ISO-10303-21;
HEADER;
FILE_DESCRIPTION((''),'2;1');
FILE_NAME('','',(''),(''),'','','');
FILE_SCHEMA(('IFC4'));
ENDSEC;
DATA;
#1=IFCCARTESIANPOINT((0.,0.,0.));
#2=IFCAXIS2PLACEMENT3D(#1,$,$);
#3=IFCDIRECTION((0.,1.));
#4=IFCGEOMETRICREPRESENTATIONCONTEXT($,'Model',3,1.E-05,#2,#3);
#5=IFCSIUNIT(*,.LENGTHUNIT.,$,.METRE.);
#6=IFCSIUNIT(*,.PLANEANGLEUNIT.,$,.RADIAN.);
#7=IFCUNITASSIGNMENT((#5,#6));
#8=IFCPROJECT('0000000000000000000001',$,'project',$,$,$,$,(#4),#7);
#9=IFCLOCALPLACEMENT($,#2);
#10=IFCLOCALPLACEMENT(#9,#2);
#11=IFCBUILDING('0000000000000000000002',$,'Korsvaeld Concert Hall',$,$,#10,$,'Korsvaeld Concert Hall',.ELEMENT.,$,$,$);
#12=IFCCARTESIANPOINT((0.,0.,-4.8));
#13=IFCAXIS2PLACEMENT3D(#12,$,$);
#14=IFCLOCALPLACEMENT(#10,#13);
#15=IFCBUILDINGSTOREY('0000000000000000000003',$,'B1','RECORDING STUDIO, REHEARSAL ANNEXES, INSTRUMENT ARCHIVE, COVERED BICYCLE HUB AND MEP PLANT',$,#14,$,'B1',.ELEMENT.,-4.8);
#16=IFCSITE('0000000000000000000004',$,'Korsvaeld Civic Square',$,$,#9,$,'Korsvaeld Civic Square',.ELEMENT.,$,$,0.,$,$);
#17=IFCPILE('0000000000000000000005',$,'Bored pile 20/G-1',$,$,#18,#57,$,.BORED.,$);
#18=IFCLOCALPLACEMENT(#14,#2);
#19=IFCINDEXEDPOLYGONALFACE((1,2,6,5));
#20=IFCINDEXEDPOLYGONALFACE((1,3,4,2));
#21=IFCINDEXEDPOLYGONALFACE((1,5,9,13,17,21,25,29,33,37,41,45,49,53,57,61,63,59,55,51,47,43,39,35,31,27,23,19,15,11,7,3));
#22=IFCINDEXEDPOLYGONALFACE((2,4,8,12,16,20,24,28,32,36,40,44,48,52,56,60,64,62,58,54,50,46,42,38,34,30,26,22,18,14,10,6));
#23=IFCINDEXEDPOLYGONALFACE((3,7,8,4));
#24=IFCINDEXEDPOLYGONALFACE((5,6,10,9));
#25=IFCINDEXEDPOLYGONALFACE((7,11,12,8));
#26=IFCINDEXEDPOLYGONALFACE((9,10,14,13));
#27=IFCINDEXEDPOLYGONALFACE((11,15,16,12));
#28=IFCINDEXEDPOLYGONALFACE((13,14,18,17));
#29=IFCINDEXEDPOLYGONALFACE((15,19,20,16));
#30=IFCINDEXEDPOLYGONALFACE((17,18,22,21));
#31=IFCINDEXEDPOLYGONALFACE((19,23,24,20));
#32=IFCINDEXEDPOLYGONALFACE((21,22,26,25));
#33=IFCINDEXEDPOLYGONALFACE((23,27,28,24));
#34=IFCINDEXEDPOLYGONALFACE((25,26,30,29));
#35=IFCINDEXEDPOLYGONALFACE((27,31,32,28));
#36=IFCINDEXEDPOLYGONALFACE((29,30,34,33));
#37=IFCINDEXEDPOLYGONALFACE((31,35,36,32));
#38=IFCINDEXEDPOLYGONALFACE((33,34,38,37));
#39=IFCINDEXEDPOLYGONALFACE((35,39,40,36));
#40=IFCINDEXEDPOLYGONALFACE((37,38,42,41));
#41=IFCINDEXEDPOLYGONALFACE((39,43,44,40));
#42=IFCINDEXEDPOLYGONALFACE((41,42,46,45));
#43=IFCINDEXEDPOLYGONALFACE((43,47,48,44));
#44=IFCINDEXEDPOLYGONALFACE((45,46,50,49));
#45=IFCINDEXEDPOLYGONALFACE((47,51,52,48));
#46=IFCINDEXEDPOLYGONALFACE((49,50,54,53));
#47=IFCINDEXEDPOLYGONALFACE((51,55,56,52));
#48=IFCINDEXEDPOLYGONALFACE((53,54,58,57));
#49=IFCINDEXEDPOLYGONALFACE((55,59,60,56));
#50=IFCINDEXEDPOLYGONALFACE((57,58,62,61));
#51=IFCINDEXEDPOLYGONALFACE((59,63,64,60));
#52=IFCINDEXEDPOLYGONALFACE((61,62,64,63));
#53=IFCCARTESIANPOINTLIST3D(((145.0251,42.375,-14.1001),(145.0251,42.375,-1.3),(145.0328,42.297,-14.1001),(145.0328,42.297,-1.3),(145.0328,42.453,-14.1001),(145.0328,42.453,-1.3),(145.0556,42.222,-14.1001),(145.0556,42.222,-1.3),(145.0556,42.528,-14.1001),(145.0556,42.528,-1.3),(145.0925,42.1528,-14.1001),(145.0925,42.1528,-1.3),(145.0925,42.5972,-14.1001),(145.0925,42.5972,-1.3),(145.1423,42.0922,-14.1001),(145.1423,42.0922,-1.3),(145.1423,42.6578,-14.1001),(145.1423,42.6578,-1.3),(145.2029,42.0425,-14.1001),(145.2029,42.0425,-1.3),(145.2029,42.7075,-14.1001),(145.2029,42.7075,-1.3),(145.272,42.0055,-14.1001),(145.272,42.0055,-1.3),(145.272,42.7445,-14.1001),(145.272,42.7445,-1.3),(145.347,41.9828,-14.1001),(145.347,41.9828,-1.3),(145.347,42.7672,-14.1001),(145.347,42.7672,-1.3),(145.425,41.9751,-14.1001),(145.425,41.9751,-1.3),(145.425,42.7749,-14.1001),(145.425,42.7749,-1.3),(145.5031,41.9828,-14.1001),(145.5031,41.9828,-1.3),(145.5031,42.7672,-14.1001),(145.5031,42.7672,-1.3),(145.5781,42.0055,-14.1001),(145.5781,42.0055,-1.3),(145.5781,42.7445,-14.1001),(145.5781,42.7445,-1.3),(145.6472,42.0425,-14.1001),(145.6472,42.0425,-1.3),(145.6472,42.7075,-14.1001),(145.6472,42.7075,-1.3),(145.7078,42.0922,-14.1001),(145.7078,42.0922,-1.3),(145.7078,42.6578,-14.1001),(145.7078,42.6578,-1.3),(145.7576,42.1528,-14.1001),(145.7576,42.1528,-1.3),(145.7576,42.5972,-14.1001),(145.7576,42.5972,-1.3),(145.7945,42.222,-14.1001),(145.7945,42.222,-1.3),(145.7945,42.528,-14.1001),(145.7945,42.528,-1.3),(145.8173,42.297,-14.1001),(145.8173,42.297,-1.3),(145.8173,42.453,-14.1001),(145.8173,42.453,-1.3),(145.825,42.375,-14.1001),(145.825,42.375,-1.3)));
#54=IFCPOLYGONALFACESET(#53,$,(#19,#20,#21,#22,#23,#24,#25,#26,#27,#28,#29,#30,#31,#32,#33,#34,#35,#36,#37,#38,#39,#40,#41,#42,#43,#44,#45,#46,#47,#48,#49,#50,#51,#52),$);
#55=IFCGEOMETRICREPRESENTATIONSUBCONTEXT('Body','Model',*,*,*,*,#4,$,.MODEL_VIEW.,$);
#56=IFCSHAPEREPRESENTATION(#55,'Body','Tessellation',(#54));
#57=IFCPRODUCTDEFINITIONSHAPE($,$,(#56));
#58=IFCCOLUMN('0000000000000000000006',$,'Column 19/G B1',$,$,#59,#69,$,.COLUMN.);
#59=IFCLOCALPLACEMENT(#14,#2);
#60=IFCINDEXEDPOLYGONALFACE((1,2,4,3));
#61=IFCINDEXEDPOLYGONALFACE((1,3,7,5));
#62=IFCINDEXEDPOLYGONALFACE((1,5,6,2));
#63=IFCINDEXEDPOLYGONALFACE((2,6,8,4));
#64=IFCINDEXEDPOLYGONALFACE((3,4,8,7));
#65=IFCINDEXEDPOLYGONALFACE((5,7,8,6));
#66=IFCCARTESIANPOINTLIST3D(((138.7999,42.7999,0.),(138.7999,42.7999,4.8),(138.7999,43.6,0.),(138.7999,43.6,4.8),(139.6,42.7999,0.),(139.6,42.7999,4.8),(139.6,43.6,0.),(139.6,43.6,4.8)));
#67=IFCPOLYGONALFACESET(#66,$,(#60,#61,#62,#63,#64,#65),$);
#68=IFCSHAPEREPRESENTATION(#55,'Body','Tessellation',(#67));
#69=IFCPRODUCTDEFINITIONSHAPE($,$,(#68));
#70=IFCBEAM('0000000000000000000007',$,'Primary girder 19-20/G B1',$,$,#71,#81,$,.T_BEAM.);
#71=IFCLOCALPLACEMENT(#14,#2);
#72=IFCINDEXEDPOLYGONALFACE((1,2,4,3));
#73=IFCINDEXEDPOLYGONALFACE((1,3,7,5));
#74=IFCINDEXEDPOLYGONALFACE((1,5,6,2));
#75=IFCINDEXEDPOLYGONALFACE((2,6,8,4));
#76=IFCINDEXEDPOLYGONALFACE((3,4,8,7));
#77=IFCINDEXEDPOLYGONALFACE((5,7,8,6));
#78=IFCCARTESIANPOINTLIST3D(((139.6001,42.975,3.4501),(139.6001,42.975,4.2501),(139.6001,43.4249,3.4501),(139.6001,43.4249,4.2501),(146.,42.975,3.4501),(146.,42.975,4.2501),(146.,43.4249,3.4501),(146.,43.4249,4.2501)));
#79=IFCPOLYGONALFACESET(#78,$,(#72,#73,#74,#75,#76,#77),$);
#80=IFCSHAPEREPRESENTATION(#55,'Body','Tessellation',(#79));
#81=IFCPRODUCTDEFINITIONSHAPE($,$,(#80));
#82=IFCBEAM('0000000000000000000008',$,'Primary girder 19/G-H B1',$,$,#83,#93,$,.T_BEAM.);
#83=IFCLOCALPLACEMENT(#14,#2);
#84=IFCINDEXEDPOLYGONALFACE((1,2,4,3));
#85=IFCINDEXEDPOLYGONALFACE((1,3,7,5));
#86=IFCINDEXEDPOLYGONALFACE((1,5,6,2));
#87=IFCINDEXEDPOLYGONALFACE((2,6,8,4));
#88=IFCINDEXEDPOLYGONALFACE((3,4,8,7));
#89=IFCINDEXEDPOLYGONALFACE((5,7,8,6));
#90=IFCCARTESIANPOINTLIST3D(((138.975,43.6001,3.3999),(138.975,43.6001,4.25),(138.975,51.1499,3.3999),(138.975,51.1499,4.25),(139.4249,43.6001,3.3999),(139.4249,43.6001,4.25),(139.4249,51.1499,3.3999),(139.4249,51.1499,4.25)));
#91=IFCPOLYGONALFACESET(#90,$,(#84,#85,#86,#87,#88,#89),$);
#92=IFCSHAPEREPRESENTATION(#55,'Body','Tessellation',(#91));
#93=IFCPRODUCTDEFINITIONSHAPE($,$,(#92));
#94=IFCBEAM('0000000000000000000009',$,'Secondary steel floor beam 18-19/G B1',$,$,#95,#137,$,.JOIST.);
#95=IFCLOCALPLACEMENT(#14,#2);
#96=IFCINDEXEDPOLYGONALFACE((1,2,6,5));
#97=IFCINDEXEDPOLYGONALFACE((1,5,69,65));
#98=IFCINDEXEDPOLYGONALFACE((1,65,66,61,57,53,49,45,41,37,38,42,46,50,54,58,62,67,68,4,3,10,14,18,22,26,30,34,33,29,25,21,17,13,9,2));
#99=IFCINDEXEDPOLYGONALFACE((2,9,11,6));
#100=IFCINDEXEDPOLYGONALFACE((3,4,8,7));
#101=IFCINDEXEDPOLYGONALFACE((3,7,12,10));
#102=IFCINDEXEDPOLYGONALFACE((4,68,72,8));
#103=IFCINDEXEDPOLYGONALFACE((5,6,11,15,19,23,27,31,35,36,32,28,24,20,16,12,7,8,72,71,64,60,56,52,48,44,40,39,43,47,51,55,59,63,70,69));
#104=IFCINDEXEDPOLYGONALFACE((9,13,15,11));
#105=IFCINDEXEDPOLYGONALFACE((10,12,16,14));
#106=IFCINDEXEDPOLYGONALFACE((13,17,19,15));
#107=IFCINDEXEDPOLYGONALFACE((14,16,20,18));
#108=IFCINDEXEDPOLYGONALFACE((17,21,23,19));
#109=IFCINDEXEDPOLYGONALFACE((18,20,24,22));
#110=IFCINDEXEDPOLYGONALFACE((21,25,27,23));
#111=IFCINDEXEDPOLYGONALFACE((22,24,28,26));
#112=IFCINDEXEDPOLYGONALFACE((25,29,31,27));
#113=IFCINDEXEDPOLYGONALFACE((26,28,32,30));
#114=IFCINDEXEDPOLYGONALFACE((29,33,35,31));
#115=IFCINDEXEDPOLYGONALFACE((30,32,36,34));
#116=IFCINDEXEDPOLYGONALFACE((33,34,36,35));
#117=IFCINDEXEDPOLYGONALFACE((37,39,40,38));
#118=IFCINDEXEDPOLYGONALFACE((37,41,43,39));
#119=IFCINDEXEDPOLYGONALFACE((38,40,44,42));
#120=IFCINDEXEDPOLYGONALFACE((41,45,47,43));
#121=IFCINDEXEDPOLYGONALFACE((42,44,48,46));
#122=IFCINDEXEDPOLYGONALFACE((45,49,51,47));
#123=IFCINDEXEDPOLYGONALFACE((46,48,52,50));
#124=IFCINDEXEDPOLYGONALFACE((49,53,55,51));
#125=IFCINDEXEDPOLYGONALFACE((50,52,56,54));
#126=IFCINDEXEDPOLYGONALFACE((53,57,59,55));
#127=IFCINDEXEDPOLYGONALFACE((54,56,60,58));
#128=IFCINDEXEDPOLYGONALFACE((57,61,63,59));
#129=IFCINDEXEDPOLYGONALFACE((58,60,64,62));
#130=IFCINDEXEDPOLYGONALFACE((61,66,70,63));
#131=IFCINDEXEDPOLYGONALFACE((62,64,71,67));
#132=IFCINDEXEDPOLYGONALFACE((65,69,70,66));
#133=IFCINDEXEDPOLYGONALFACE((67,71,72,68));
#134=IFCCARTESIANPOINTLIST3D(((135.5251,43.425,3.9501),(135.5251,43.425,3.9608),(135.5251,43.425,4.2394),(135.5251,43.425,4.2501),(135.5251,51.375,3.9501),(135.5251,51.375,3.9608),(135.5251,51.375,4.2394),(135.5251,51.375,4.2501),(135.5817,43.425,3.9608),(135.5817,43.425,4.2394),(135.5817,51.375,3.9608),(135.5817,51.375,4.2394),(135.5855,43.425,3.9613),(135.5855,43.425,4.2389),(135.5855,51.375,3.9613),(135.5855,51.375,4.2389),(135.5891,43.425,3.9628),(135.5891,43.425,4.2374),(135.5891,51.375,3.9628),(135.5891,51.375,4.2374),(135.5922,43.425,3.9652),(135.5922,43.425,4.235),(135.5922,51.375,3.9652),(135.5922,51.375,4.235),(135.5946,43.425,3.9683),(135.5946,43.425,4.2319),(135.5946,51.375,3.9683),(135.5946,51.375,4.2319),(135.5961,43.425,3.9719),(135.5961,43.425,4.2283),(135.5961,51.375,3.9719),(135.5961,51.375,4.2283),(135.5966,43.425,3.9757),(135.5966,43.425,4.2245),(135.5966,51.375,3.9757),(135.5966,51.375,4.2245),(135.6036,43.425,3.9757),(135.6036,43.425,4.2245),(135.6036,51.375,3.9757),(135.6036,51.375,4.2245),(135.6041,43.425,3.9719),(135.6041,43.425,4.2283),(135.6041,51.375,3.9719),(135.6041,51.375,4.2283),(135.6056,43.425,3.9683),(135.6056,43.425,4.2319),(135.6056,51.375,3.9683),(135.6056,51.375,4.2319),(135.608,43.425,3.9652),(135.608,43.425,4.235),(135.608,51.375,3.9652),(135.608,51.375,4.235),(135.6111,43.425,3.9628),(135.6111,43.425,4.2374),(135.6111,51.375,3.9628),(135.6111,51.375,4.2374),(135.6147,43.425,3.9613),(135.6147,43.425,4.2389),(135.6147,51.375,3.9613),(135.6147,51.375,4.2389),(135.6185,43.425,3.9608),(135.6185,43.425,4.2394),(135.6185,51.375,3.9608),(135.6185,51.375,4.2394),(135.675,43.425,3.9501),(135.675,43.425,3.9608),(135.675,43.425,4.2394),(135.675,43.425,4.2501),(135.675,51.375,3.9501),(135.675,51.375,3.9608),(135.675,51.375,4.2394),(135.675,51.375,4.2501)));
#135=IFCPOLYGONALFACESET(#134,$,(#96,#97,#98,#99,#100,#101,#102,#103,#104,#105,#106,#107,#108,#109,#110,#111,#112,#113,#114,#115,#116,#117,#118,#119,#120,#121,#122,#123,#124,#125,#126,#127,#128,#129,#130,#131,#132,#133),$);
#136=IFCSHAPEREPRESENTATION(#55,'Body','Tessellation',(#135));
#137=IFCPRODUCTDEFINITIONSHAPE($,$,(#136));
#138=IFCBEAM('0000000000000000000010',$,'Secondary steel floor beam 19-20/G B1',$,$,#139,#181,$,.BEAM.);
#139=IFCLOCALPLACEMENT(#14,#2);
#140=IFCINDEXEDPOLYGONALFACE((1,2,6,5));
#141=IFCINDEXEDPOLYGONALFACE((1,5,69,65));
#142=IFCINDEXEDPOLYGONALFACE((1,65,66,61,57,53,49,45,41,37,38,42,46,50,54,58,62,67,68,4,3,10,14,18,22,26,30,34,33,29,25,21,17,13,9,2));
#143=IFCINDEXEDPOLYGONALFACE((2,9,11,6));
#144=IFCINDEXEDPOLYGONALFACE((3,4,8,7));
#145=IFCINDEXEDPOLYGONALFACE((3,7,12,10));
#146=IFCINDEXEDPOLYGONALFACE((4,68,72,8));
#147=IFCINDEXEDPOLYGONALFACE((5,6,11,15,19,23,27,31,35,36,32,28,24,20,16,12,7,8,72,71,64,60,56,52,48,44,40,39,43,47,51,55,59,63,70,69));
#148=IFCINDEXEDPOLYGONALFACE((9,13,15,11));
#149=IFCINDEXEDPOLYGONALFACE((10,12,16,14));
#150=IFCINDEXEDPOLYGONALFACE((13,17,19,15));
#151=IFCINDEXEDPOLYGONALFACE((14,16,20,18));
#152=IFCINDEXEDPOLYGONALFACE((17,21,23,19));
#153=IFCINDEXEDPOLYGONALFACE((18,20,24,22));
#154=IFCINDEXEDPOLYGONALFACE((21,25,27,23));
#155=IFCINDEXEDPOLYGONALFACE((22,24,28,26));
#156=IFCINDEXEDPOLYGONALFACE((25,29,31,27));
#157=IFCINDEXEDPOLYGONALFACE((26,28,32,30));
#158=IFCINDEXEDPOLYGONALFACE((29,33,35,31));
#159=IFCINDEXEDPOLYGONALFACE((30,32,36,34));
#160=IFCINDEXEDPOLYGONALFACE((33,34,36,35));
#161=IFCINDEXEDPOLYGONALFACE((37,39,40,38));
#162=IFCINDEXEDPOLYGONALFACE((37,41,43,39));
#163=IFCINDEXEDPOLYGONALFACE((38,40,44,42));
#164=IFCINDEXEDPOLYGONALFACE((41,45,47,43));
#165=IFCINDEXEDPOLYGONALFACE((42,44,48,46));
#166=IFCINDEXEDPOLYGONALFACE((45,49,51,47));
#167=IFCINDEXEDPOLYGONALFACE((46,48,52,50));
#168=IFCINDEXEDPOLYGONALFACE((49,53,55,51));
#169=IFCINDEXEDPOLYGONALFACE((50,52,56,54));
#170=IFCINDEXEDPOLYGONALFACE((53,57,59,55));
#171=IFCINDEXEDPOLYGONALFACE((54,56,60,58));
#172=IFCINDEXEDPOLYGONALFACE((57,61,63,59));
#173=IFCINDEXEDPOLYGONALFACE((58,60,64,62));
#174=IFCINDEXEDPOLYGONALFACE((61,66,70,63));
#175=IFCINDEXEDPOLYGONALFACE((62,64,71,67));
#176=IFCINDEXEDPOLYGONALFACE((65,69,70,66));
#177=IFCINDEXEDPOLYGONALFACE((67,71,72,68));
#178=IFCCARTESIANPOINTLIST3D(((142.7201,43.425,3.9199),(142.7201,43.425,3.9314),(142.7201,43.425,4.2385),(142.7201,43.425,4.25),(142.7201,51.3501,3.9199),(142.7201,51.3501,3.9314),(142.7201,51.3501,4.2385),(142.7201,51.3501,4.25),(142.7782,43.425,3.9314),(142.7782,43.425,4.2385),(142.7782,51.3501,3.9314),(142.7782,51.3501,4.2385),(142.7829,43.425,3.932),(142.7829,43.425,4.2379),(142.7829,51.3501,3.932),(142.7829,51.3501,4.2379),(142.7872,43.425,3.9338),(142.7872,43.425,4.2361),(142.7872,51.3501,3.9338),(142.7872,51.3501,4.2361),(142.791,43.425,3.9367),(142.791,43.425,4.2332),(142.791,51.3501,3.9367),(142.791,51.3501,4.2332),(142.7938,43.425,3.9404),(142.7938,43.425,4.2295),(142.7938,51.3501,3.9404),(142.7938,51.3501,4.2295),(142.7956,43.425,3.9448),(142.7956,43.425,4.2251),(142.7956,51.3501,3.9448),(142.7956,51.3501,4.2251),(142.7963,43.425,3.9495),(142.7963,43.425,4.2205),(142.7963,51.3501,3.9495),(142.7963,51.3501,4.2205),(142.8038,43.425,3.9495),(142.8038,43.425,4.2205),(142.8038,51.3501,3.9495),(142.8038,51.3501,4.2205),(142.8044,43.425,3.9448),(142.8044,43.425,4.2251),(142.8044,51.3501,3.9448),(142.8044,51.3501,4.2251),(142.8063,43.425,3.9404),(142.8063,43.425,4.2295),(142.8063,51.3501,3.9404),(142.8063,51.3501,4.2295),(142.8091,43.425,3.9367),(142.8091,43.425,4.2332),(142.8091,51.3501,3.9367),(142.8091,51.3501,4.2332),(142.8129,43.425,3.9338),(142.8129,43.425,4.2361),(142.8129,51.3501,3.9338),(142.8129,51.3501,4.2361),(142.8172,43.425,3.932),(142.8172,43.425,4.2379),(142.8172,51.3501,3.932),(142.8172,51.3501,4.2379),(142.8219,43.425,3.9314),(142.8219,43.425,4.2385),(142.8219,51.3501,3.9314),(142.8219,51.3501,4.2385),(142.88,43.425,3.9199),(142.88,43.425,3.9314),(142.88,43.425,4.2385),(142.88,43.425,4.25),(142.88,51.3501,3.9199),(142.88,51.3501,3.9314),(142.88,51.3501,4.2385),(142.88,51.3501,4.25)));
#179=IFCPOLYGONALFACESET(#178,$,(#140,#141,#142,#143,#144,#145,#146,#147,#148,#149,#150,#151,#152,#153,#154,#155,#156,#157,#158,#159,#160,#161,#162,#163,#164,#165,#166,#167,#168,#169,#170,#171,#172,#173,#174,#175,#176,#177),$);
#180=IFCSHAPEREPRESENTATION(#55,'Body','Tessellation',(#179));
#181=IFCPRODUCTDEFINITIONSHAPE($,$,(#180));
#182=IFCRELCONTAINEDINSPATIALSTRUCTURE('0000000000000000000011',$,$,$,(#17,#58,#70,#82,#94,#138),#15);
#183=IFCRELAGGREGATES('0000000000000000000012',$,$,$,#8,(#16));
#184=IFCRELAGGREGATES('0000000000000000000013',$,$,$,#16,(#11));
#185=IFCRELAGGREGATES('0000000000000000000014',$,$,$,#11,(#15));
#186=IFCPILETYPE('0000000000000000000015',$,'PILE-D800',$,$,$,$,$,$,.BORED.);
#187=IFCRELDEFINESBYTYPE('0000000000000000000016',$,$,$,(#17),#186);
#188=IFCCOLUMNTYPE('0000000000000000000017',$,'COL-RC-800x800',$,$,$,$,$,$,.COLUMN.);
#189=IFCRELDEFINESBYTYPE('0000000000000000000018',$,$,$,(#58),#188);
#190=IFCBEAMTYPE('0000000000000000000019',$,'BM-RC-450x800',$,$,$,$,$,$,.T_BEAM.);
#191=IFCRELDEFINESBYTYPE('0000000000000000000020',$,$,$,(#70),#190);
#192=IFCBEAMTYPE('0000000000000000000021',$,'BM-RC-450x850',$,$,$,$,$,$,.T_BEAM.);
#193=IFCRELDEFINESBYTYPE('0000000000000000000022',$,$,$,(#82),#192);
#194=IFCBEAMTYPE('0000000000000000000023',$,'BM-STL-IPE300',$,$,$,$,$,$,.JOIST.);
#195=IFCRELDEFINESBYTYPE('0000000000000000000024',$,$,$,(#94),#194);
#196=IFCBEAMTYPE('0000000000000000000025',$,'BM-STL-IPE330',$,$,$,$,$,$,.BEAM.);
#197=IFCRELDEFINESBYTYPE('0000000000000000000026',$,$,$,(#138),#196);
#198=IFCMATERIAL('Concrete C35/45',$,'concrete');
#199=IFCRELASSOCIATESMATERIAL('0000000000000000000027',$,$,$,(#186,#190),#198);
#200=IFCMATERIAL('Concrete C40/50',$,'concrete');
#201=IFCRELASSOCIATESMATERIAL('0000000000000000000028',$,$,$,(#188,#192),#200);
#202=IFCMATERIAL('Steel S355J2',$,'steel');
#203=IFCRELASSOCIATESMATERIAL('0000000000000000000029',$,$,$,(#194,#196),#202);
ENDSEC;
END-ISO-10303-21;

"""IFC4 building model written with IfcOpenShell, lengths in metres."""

from ifc_helpers import new_model, si_unit, direction, frame, origin, origin_2d, place, context, subcontext, project, spatial, rectangle, circle, i_section, extrude, material, material_profile, profile_set, type_object, element, save


model = new_model("IFC4")

# Units and contexts
model_context = context("Model", 3, precision=1e-05, world=origin(), true_north=direction((0.0, 1.0)))
body_context = subcontext(model_context, "Body", "Model", "MODEL_VIEW")
ifc_project = project(units=[si_unit("LENGTHUNIT", "METRE"), si_unit("PLANEANGLEUNIT", "RADIAN")], contexts=[model_context])

# Site, building, storey
site_placement = place(None, origin())
site = spatial("IfcSite", under=ifc_project, at=site_placement, Name="Korsvaeld Civic Square", LongName="Korsvaeld Civic Square", CompositionType="ELEMENT", RefElevation=0.0)
building_placement = place(site_placement, origin())
building = spatial("IfcBuilding", under=site, at=building_placement, Name="Korsvaeld Concert Hall", LongName="Korsvaeld Concert Hall", CompositionType="ELEMENT")
storey_placement = place(building_placement, frame((0.0, 0.0, -4.8)))
storey = spatial("IfcBuildingStorey", under=building, at=storey_placement, Name="B1", Description="RECORDING STUDIO, REHEARSAL ANNEXES, INSTRUMENT ARCHIVE, COVERED BICYCLE HUB AND MEP PLANT", LongName="B1", CompositionType="ELEMENT", Elevation=-4.8)

# Shared definitions
ifc_material_1 = material(Name="Concrete C35/45", Category="concrete")

# Pile
ifc_material_profile_1 = material_profile(ifc_material_1, circle(Radius=0.3999, at=origin_2d()), Name="BORED PILE D800")
ifc_profile_set_1 = profile_set([ifc_material_profile_1], Name="Concrete C35/45")
pile_type_1 = type_object("IfcPileType", Name="PILE-D800", PredefinedType="BORED", material=ifc_profile_set_1)
pile_1_placement = place(storey_placement, frame((145.425, 42.375, -1.3), z_axis=(0.0, 0.0, -1.0), x_axis=(1.0, 0.0, 0.0)))
element("IfcPile", 1, at=pile_1_placement, inside=storey, type_object=pile_type_1, Name="Bored pile 20/G-1", PredefinedType="BORED", context=body_context, shape_type="SweptSolid", body=[
    extrude(circle(Radius=0.3999, at=origin_2d()), origin(), (0.0, 0.0, 1.0), 12.8),
])

# Column
ifc_material_2 = material(Name="Concrete C40/50", Category="concrete")
ifc_material_profile_2 = material_profile(ifc_material_2, rectangle(XDim=0.8, YDim=0.8, at=origin_2d()), Name="RC 800x800")
ifc_profile_set_2 = profile_set([ifc_material_profile_2], Name="Concrete C40/50")
column_type = type_object("IfcColumnType", Name="COL-RC-800x800", PredefinedType="COLUMN", material=ifc_profile_set_2)
column_placement = place(storey_placement, frame((139.2, 43.2, 0.0), z_axis=(0.0, 0.0, 1.0), x_axis=(1.0, 0.0, 0.0)))
element("IfcColumn", 2, at=column_placement, inside=storey, type_object=column_type, Name="Column 19/G B1", PredefinedType="COLUMN", context=body_context, shape_type="SweptSolid", body=[
    extrude(rectangle(XDim=0.8, YDim=0.8, at=origin_2d()), origin(), (0.0, 0.0, 1.0), 4.8),
])

# Beams
ifc_material_profile_3 = material_profile(ifc_material_1, rectangle(XDim=0.45, YDim=0.8, at=origin_2d()), Name="RC 450x800")
ifc_profile_set_3 = profile_set([ifc_material_profile_3], Name="Concrete C35/45")
beam_type_1 = type_object("IfcBeamType", Name="BM-RC-450x800", PredefinedType="T_BEAM", material=ifc_profile_set_3)
beam_1_placement = place(storey_placement, frame((139.6001, 43.2, 3.8501), z_axis=(1.0, 0.0, 0.0), x_axis=(0.0, 1.0, 0.0)))
element("IfcBeam", 3, at=beam_1_placement, inside=storey, type_object=beam_type_1, Name="Primary girder 19-20/G B1", PredefinedType="T_BEAM", context=body_context, shape_type="SweptSolid", body=[
    extrude(rectangle(XDim=0.45, YDim=0.8, at=origin_2d()), origin(), (0.0, 0.0, 1.0), 6.3999),
])
ifc_material_profile_4 = material_profile(ifc_material_2, rectangle(XDim=0.45, YDim=0.8501, at=origin_2d()), Name="RC 450x850")
ifc_profile_set_4 = profile_set([ifc_material_profile_4], Name="Concrete C40/50")
beam_type_2 = type_object("IfcBeamType", Name="BM-RC-450x850", PredefinedType="T_BEAM", material=ifc_profile_set_4)
beam_2_placement = place(storey_placement, frame((139.2, 43.6001, 3.825), z_axis=(0.0, 1.0, 0.0), x_axis=(-1.0, 0.0, 0.0)))
element("IfcBeam", 4, at=beam_2_placement, inside=storey, type_object=beam_type_2, Name="Primary girder 19/G-H B1", PredefinedType="T_BEAM", context=body_context, shape_type="SweptSolid", body=[
    extrude(rectangle(XDim=0.45, YDim=0.8501, at=origin_2d()), origin(), (0.0, 0.0, 1.0), 7.5498),
])
ifc_material_3 = material(Name="Steel S355J2", Category="steel")
ifc_material_profile_5 = material_profile(ifc_material_3, i_section(OverallWidth=0.1499, OverallDepth=0.3, WebThickness=0.0071, FlangeThickness=0.0107, FilletRadius=0.0149, at=origin_2d()), Name="IPE 300")
ifc_profile_set_5 = profile_set([ifc_material_profile_5], Name="Steel S355J2")
beam_type_3 = type_object("IfcBeamType", Name="BM-STL-IPE300", PredefinedType="JOIST", material=ifc_profile_set_5)
beam_3_placement = place(storey_placement, frame((135.6001, 43.425, 4.1001), z_axis=(0.0, 1.0, 0.0), x_axis=(-1.0, 0.0, 0.0)))
element("IfcBeam", 5, at=beam_3_placement, inside=storey, type_object=beam_type_3, Name="Secondary steel floor beam 18-19/G B1", PredefinedType="JOIST", context=body_context, shape_type="SweptSolid", body=[
    extrude(i_section(OverallWidth=0.1499, OverallDepth=0.3, WebThickness=0.0071, FlangeThickness=0.0107, FilletRadius=0.0149, at=origin_2d()), origin(), (0.0, 0.0, 1.0), 7.95),
])
ifc_material_profile_6 = material_profile(ifc_material_3, i_section(OverallWidth=0.1599, OverallDepth=0.3301, WebThickness=0.0076, FlangeThickness=0.0115, FilletRadius=0.0181, at=origin_2d()), Name="IPE 330")
ifc_profile_set_6 = profile_set([ifc_material_profile_6], Name="Steel S355J2")
beam_type_4 = type_object("IfcBeamType", Name="BM-STL-IPE330", PredefinedType="BEAM", material=ifc_profile_set_6)
beam_4_placement = place(storey_placement, frame((142.8, 43.425, 4.085), z_axis=(0.0, 1.0, 0.0), x_axis=(-1.0, 0.0, 0.0)))
element("IfcBeam", 6, at=beam_4_placement, inside=storey, type_object=beam_type_4, Name="Secondary steel floor beam 19-20/G B1", PredefinedType="BEAM", context=body_context, shape_type="SweptSolid", body=[
    extrude(i_section(OverallWidth=0.1599, OverallDepth=0.3301, WebThickness=0.0076, FlangeThickness=0.0115, FilletRadius=0.0181, at=origin_2d()), origin(), (0.0, 0.0, 1.0), 7.925),
])

save(model, "model.ifc")
